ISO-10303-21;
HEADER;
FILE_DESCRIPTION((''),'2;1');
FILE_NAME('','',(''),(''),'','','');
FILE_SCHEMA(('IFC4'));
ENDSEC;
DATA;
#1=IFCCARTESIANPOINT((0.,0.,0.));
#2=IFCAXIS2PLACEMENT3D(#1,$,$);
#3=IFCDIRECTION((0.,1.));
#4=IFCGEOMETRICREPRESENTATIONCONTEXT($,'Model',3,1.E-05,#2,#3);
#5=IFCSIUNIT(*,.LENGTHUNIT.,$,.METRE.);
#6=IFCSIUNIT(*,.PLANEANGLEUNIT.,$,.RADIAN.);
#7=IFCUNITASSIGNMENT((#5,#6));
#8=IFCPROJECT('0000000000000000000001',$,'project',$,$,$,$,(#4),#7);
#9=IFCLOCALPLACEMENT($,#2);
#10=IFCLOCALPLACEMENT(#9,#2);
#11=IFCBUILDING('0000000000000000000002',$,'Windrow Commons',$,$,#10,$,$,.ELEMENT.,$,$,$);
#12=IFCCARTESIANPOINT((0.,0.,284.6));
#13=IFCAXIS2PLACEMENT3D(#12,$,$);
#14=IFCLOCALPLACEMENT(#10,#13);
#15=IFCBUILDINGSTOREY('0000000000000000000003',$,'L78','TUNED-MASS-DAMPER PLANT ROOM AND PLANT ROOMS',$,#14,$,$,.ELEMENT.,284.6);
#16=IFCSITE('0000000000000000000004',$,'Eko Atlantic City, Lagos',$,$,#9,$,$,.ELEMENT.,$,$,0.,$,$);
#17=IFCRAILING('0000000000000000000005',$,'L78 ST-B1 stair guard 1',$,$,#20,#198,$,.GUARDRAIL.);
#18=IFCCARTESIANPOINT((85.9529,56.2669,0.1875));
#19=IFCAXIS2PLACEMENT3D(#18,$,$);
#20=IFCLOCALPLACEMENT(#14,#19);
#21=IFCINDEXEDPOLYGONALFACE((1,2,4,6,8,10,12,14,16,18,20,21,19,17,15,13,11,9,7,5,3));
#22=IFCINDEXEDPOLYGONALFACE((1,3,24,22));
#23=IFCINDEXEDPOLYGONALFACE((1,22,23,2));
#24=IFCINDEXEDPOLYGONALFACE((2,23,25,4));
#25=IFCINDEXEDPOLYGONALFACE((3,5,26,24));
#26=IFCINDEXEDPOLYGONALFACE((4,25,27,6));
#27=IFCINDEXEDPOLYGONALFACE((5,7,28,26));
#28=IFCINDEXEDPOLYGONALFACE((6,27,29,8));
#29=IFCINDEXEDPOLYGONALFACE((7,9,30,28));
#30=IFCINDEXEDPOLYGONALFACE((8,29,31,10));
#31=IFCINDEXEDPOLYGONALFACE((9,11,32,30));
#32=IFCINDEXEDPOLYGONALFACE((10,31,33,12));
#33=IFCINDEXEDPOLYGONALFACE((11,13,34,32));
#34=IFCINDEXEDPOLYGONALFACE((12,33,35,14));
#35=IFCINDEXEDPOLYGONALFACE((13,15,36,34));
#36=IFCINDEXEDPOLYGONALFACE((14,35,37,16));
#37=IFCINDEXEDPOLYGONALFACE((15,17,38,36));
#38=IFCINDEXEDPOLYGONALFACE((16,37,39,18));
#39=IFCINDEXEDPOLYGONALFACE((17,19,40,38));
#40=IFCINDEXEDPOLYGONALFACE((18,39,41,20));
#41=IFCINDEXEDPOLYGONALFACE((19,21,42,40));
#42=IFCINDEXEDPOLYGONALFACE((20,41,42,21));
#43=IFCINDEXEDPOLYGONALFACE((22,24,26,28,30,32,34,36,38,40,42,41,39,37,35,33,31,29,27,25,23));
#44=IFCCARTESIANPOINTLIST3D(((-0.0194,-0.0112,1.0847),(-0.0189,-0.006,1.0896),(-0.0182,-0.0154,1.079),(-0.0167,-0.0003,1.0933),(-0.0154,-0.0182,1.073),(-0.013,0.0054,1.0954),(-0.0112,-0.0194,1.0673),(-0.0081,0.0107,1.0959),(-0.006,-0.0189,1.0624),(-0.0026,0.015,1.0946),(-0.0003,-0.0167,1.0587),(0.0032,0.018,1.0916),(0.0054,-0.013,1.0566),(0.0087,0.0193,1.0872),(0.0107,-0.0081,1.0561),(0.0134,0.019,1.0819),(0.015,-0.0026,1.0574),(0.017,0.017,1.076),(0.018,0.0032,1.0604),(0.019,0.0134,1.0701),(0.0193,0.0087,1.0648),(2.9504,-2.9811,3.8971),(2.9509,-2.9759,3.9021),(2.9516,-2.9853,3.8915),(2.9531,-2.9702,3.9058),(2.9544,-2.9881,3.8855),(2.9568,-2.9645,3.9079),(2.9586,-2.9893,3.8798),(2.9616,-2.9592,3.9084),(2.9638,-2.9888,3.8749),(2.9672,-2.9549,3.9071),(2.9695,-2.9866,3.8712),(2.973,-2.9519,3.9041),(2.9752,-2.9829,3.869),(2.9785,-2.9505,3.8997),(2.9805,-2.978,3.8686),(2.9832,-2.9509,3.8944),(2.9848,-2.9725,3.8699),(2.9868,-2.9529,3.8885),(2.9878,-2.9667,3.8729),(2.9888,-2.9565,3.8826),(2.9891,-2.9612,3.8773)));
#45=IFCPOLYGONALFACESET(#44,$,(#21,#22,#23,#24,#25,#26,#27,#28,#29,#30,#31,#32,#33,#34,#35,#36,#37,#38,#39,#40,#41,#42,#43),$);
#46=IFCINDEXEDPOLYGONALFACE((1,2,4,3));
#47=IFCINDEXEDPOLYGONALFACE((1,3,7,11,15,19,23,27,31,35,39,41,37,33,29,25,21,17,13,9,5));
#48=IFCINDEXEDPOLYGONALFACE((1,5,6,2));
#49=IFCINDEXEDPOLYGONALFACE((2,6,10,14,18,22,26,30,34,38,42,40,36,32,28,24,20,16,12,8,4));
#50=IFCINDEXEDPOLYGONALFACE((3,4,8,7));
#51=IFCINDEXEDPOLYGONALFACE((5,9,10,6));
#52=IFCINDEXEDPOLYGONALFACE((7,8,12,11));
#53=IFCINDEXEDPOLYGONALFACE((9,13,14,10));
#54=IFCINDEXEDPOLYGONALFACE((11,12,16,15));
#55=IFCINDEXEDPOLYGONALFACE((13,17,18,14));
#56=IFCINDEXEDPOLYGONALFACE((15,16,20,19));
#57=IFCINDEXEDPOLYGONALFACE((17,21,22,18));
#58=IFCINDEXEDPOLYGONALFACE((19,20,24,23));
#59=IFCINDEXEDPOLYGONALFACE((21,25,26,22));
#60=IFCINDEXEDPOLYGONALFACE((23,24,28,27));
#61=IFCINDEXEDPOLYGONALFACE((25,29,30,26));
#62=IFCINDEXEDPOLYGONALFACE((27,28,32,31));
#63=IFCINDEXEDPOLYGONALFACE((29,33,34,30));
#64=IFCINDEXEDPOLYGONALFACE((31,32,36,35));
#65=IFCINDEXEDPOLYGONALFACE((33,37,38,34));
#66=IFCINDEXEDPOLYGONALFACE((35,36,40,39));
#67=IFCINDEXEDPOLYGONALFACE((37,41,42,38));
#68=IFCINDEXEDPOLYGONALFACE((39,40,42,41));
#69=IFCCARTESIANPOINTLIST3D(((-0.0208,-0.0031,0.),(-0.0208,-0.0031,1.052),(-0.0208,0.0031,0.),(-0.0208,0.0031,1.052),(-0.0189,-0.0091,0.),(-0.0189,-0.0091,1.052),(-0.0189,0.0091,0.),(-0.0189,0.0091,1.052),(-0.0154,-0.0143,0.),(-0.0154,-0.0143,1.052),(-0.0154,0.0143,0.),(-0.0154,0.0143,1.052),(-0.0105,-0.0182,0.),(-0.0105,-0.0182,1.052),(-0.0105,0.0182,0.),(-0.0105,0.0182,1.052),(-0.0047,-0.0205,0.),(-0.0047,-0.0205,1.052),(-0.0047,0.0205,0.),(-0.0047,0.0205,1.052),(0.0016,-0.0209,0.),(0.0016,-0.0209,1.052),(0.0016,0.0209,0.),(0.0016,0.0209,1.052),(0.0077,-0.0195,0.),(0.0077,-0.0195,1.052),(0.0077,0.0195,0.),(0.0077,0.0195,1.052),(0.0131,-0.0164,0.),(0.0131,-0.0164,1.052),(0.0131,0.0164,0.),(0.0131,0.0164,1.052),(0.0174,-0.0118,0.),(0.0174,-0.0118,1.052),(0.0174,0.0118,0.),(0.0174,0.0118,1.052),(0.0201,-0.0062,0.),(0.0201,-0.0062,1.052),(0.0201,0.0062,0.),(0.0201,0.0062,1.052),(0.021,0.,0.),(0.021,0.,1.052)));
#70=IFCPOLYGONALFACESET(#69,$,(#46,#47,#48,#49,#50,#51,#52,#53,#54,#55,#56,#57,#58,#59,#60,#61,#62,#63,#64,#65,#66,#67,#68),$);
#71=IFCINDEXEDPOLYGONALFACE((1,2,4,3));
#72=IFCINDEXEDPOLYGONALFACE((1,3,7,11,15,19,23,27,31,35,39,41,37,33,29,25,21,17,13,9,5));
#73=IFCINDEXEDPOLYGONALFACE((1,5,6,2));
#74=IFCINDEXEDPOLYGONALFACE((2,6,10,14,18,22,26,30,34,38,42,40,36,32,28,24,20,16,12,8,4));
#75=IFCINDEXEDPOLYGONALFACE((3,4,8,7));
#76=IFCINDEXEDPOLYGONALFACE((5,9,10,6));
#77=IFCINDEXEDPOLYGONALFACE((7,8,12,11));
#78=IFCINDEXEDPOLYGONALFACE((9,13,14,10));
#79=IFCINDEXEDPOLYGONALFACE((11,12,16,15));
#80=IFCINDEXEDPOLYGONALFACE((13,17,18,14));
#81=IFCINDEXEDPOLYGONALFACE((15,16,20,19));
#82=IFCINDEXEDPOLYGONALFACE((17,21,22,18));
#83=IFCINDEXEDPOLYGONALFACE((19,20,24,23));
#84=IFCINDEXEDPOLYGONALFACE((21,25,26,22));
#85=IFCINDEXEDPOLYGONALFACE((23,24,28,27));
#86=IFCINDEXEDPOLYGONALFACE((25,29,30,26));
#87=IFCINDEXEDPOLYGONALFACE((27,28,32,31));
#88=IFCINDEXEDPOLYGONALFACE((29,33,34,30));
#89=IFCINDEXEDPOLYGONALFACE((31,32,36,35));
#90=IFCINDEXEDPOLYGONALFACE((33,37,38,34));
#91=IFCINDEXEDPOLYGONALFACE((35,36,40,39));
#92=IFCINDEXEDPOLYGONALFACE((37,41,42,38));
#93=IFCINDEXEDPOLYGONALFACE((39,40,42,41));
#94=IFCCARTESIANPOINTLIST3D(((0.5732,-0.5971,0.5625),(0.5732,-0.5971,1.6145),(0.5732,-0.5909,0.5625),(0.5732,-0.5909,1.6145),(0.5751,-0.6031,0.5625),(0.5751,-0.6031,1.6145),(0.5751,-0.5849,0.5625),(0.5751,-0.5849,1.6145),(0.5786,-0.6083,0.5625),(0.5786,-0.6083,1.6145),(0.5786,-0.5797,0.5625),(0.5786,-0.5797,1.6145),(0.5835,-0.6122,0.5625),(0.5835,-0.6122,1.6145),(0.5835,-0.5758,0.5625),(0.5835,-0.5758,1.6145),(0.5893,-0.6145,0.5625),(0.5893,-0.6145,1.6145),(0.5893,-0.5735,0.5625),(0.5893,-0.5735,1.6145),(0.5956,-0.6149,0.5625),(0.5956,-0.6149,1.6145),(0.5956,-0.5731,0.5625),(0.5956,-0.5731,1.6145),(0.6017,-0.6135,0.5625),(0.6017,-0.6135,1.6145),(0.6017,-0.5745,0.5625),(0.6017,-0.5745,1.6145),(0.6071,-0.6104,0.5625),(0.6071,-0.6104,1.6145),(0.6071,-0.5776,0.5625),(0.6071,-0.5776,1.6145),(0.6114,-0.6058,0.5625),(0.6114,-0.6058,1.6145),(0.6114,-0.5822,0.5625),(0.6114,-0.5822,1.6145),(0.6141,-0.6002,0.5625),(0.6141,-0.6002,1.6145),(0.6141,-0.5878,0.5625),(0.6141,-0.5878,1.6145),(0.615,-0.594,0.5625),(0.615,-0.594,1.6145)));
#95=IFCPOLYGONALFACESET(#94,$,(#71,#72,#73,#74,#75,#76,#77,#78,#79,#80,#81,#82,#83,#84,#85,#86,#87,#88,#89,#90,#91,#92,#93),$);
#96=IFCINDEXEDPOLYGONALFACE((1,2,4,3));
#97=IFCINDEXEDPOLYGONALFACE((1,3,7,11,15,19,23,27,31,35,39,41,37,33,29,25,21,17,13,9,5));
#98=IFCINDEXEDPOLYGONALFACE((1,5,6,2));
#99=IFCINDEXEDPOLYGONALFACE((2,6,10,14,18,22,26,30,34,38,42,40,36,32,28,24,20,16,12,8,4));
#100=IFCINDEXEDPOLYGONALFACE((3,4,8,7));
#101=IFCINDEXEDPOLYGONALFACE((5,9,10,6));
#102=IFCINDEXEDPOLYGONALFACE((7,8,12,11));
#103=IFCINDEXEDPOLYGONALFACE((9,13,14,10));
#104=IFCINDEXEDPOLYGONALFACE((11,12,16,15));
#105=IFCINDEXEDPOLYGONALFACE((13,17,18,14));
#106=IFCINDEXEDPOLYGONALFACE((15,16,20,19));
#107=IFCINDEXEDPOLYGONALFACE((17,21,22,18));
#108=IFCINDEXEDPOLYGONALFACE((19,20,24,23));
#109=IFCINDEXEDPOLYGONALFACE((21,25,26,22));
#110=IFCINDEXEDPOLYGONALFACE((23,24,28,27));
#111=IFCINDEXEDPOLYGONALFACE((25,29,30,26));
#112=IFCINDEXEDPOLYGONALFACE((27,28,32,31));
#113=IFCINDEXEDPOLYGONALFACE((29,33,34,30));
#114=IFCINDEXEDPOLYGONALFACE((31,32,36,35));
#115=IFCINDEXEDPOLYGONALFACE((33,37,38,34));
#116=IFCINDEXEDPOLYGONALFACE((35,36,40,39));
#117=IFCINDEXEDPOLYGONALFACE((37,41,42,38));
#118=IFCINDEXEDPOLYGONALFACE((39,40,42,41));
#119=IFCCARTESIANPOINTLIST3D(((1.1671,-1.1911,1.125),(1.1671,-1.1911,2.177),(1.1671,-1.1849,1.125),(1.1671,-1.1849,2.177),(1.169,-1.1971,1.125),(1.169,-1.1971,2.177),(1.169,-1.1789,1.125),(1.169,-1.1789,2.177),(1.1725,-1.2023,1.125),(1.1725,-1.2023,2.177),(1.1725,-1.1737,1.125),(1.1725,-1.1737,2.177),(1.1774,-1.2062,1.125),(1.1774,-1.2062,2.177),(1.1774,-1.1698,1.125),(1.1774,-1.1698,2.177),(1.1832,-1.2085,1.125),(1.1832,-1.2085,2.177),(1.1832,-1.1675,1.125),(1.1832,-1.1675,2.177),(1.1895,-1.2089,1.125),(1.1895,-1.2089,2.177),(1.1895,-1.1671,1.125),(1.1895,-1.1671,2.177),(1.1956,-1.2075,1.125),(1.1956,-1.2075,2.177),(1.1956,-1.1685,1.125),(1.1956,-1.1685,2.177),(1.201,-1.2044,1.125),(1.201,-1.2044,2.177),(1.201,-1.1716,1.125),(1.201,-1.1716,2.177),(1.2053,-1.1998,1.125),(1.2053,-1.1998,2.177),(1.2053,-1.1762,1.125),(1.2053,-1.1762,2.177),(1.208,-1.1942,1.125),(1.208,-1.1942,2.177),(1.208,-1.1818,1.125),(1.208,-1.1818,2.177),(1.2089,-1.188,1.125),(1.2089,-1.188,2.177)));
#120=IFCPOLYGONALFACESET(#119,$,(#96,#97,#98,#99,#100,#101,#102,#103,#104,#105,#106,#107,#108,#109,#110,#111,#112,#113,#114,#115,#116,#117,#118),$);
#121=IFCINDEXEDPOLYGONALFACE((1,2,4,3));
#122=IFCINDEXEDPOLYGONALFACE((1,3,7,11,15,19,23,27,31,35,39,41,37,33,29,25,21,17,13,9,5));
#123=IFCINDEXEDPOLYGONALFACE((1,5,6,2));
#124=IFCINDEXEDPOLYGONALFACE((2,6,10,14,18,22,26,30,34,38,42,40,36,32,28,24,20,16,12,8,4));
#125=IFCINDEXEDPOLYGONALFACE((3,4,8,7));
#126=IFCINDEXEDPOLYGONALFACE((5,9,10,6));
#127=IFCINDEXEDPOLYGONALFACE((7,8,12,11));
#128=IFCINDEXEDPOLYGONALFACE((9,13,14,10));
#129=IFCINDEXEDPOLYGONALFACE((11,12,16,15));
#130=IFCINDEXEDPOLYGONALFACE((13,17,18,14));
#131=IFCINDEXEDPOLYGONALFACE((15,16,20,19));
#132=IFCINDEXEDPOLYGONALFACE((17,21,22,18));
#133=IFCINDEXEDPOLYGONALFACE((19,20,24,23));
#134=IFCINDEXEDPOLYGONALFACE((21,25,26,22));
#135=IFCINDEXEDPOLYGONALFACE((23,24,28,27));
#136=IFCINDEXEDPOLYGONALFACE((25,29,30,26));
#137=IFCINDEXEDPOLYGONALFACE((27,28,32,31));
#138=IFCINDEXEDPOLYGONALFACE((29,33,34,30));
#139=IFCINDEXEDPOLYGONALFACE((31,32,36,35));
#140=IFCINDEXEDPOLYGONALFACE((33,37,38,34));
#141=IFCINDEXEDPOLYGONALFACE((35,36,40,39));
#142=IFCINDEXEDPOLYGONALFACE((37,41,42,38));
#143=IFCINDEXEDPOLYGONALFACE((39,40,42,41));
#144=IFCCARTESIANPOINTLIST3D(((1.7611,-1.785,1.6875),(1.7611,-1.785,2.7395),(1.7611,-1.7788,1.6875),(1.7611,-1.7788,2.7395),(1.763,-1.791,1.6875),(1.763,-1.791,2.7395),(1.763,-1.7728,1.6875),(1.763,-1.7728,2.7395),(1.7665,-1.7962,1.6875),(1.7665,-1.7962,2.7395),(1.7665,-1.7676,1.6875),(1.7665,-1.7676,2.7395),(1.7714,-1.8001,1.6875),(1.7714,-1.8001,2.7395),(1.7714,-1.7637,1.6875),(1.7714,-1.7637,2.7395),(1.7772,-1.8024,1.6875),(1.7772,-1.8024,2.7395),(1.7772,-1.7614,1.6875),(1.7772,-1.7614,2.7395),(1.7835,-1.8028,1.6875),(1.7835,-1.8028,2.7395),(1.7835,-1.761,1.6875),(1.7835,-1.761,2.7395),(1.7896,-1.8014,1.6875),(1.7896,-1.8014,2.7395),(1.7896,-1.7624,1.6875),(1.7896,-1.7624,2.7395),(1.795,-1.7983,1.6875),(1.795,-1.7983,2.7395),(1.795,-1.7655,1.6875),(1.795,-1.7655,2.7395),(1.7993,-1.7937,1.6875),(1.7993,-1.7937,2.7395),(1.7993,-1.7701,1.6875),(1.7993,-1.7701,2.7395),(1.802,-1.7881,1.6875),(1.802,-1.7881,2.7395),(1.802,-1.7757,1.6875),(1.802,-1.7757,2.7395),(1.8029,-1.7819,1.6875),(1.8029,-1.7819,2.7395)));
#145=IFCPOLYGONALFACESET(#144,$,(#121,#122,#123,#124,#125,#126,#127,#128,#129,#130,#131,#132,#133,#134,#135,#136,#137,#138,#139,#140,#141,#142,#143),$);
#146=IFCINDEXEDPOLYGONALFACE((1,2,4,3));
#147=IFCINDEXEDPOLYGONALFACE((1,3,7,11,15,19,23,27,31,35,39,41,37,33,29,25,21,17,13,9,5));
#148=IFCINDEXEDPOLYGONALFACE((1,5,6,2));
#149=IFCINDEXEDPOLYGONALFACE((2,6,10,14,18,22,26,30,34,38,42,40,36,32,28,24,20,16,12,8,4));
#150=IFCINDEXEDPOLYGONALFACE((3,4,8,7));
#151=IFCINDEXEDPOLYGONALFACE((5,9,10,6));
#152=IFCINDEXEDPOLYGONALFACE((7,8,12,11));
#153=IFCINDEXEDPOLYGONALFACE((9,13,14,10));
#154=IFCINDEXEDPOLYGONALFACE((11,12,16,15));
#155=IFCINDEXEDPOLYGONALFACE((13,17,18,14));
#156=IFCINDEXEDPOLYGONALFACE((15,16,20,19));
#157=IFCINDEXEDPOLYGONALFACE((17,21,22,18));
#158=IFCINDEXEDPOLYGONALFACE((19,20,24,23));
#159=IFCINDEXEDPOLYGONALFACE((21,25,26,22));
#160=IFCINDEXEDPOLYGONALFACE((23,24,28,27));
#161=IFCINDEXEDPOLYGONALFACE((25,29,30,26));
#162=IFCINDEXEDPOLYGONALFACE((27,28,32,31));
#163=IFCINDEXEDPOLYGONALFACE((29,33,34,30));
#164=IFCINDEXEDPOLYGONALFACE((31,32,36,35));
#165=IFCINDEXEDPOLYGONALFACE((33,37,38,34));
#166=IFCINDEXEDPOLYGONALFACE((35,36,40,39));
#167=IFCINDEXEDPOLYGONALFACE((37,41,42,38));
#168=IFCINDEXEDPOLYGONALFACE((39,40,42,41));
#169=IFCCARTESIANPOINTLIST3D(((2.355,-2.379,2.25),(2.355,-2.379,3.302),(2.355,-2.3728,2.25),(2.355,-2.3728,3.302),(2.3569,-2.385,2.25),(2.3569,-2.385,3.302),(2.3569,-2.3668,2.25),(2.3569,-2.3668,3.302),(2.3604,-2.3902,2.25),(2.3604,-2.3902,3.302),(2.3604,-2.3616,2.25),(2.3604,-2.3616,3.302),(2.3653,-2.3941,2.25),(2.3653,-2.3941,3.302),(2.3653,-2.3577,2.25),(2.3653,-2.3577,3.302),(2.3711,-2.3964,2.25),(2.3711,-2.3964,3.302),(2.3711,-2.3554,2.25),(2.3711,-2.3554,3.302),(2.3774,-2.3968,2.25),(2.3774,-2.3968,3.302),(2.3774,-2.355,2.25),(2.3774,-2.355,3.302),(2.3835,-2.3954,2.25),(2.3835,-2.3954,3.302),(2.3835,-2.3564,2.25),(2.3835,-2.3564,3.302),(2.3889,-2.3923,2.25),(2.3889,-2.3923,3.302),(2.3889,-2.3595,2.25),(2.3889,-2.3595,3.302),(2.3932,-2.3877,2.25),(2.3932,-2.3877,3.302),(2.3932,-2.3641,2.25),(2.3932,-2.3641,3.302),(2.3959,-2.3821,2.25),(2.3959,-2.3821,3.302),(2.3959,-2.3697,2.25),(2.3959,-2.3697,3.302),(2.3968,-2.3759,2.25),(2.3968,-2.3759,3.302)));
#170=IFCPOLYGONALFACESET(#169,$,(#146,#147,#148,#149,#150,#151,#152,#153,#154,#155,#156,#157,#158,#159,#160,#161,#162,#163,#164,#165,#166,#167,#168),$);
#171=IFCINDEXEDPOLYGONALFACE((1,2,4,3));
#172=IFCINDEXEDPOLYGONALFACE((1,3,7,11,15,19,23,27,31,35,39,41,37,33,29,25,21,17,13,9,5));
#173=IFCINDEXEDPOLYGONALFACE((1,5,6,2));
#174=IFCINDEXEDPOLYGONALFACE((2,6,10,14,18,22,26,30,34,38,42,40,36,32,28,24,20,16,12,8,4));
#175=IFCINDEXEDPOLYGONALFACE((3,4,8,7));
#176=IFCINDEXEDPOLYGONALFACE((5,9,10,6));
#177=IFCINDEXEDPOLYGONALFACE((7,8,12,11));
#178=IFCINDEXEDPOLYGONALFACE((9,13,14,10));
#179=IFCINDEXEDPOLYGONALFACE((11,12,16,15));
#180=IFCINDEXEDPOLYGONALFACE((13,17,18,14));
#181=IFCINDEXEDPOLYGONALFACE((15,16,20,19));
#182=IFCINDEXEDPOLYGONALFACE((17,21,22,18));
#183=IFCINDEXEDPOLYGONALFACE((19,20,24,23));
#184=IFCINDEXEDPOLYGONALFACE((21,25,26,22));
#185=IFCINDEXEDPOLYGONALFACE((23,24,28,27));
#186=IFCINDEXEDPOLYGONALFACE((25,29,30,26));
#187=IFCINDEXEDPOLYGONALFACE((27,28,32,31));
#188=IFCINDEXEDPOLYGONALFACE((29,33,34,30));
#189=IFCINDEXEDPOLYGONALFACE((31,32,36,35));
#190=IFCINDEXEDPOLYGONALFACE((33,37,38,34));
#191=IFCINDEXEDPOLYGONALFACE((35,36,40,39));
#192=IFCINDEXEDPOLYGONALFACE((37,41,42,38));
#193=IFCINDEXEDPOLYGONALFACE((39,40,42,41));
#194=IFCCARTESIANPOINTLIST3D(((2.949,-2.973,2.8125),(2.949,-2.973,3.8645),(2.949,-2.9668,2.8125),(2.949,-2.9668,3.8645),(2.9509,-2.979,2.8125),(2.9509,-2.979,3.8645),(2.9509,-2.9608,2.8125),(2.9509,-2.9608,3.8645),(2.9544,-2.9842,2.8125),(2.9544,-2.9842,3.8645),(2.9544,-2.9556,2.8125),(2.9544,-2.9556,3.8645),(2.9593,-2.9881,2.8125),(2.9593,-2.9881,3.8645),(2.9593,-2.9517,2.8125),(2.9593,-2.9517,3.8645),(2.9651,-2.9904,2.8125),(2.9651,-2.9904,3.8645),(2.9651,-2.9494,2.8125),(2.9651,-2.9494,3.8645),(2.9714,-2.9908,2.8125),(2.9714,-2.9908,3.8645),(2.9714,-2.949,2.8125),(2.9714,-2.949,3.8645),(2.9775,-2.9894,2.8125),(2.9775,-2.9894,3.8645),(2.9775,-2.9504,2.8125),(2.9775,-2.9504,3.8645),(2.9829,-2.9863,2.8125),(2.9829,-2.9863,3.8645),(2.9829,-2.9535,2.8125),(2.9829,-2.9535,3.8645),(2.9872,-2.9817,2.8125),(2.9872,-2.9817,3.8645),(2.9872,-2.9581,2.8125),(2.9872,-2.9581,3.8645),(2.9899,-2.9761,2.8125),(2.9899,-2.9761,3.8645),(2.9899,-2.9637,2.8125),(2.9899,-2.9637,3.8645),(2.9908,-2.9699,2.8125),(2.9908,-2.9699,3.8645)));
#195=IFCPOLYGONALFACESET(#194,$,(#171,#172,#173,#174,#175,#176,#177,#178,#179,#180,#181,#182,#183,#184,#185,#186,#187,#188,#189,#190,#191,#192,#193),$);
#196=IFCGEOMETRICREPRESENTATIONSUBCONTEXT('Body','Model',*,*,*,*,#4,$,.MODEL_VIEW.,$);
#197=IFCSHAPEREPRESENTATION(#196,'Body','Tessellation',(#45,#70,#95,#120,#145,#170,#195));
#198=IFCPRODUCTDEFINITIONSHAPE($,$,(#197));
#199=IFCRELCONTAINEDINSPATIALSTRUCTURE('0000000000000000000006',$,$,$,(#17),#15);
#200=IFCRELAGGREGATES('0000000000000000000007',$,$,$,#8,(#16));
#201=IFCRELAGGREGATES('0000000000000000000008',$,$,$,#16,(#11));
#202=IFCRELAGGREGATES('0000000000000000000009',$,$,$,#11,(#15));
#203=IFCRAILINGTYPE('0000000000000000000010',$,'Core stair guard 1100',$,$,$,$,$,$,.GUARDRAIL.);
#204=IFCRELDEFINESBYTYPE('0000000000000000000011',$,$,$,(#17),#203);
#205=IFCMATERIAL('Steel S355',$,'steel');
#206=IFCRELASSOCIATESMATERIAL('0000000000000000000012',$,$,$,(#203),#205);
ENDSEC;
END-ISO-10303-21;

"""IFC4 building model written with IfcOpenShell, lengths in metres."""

from ifc_helpers import new_model, si_unit, direction, frame, origin, origin_2d, place, context, subcontext, project, spatial, circle, extrude, material, type_object, element, save


model = new_model("IFC4")

# Units and contexts
model_context = context("Model", 3, precision=1e-05, world=origin(), true_north=direction((0.0, 1.0)))
body_context = subcontext(model_context, "Body", "Model", "MODEL_VIEW")
ifc_project = project(units=[si_unit("LENGTHUNIT", "METRE"), si_unit("PLANEANGLEUNIT", "RADIAN")], contexts=[model_context])

# Site, building, storey
site_placement = place(None, origin())
site = spatial("IfcSite", under=ifc_project, at=site_placement, Name="Eko Atlantic City, Lagos", CompositionType="ELEMENT", RefElevation=0.0)
building_placement = place(site_placement, origin())
building = spatial("IfcBuilding", under=site, at=building_placement, Name="Windrow Commons", CompositionType="ELEMENT")
storey_placement = place(building_placement, frame((0.0, 0.0, 284.6)))
storey = spatial("IfcBuildingStorey", under=building, at=storey_placement, Name="L78", Description="TUNED-MASS-DAMPER PLANT ROOM AND PLANT ROOMS", CompositionType="ELEMENT", Elevation=284.6)

# Railing
ifc_material_1 = material(Name="Steel S355", Category="steel")
railing_type_1 = type_object("IfcRailingType", Name="Core stair guard 1100", PredefinedType="GUARDRAIL", material=ifc_material_1)
railing_1_placement = place(storey_placement, frame((85.9529, 56.2669, 0.1875)))
element("IfcRailing", 1, at=railing_1_placement, inside=storey, type_object=railing_type_1, Name="L78 ST-B1 stair guard 1", PredefinedType="GUARDRAIL", context=body_context, shape_type="SweptSolid", body=[
    extrude(circle(Radius=0.024, at=origin_2d()), frame((0.0, 0.0, 1.076), z_axis=(0.58753, -0.58755, 0.556411), x_axis=(0.707119, 0.707095, 0.0)), (0.0, 0.0, 1.0), 5.0547),
    extrude(circle(Radius=0.021, at=origin_2d()), origin(), (0.0, 0.0, 1.0), 1.052),
    extrude(circle(Radius=0.021, at=origin_2d()), frame((0.594, -0.594, 0.5625)), (0.0, 0.0, 1.0), 1.052),
    extrude(circle(Radius=0.021, at=origin_2d()), frame((1.1879, -1.188, 1.125)), (0.0, 0.0, 1.0), 1.052),
    extrude(circle(Radius=0.021, at=origin_2d()), frame((1.7819, -1.7819, 1.6875)), (0.0, 0.0, 1.0), 1.052),
    extrude(circle(Radius=0.021, at=origin_2d()), frame((2.3758, -2.3759, 2.25)), (0.0, 0.0, 1.0), 1.052),
    extrude(circle(Radius=0.021, at=origin_2d()), frame((2.9698, -2.9699, 2.8125)), (0.0, 0.0, 1.0), 1.052),
])

save(model, "model.ifc")
